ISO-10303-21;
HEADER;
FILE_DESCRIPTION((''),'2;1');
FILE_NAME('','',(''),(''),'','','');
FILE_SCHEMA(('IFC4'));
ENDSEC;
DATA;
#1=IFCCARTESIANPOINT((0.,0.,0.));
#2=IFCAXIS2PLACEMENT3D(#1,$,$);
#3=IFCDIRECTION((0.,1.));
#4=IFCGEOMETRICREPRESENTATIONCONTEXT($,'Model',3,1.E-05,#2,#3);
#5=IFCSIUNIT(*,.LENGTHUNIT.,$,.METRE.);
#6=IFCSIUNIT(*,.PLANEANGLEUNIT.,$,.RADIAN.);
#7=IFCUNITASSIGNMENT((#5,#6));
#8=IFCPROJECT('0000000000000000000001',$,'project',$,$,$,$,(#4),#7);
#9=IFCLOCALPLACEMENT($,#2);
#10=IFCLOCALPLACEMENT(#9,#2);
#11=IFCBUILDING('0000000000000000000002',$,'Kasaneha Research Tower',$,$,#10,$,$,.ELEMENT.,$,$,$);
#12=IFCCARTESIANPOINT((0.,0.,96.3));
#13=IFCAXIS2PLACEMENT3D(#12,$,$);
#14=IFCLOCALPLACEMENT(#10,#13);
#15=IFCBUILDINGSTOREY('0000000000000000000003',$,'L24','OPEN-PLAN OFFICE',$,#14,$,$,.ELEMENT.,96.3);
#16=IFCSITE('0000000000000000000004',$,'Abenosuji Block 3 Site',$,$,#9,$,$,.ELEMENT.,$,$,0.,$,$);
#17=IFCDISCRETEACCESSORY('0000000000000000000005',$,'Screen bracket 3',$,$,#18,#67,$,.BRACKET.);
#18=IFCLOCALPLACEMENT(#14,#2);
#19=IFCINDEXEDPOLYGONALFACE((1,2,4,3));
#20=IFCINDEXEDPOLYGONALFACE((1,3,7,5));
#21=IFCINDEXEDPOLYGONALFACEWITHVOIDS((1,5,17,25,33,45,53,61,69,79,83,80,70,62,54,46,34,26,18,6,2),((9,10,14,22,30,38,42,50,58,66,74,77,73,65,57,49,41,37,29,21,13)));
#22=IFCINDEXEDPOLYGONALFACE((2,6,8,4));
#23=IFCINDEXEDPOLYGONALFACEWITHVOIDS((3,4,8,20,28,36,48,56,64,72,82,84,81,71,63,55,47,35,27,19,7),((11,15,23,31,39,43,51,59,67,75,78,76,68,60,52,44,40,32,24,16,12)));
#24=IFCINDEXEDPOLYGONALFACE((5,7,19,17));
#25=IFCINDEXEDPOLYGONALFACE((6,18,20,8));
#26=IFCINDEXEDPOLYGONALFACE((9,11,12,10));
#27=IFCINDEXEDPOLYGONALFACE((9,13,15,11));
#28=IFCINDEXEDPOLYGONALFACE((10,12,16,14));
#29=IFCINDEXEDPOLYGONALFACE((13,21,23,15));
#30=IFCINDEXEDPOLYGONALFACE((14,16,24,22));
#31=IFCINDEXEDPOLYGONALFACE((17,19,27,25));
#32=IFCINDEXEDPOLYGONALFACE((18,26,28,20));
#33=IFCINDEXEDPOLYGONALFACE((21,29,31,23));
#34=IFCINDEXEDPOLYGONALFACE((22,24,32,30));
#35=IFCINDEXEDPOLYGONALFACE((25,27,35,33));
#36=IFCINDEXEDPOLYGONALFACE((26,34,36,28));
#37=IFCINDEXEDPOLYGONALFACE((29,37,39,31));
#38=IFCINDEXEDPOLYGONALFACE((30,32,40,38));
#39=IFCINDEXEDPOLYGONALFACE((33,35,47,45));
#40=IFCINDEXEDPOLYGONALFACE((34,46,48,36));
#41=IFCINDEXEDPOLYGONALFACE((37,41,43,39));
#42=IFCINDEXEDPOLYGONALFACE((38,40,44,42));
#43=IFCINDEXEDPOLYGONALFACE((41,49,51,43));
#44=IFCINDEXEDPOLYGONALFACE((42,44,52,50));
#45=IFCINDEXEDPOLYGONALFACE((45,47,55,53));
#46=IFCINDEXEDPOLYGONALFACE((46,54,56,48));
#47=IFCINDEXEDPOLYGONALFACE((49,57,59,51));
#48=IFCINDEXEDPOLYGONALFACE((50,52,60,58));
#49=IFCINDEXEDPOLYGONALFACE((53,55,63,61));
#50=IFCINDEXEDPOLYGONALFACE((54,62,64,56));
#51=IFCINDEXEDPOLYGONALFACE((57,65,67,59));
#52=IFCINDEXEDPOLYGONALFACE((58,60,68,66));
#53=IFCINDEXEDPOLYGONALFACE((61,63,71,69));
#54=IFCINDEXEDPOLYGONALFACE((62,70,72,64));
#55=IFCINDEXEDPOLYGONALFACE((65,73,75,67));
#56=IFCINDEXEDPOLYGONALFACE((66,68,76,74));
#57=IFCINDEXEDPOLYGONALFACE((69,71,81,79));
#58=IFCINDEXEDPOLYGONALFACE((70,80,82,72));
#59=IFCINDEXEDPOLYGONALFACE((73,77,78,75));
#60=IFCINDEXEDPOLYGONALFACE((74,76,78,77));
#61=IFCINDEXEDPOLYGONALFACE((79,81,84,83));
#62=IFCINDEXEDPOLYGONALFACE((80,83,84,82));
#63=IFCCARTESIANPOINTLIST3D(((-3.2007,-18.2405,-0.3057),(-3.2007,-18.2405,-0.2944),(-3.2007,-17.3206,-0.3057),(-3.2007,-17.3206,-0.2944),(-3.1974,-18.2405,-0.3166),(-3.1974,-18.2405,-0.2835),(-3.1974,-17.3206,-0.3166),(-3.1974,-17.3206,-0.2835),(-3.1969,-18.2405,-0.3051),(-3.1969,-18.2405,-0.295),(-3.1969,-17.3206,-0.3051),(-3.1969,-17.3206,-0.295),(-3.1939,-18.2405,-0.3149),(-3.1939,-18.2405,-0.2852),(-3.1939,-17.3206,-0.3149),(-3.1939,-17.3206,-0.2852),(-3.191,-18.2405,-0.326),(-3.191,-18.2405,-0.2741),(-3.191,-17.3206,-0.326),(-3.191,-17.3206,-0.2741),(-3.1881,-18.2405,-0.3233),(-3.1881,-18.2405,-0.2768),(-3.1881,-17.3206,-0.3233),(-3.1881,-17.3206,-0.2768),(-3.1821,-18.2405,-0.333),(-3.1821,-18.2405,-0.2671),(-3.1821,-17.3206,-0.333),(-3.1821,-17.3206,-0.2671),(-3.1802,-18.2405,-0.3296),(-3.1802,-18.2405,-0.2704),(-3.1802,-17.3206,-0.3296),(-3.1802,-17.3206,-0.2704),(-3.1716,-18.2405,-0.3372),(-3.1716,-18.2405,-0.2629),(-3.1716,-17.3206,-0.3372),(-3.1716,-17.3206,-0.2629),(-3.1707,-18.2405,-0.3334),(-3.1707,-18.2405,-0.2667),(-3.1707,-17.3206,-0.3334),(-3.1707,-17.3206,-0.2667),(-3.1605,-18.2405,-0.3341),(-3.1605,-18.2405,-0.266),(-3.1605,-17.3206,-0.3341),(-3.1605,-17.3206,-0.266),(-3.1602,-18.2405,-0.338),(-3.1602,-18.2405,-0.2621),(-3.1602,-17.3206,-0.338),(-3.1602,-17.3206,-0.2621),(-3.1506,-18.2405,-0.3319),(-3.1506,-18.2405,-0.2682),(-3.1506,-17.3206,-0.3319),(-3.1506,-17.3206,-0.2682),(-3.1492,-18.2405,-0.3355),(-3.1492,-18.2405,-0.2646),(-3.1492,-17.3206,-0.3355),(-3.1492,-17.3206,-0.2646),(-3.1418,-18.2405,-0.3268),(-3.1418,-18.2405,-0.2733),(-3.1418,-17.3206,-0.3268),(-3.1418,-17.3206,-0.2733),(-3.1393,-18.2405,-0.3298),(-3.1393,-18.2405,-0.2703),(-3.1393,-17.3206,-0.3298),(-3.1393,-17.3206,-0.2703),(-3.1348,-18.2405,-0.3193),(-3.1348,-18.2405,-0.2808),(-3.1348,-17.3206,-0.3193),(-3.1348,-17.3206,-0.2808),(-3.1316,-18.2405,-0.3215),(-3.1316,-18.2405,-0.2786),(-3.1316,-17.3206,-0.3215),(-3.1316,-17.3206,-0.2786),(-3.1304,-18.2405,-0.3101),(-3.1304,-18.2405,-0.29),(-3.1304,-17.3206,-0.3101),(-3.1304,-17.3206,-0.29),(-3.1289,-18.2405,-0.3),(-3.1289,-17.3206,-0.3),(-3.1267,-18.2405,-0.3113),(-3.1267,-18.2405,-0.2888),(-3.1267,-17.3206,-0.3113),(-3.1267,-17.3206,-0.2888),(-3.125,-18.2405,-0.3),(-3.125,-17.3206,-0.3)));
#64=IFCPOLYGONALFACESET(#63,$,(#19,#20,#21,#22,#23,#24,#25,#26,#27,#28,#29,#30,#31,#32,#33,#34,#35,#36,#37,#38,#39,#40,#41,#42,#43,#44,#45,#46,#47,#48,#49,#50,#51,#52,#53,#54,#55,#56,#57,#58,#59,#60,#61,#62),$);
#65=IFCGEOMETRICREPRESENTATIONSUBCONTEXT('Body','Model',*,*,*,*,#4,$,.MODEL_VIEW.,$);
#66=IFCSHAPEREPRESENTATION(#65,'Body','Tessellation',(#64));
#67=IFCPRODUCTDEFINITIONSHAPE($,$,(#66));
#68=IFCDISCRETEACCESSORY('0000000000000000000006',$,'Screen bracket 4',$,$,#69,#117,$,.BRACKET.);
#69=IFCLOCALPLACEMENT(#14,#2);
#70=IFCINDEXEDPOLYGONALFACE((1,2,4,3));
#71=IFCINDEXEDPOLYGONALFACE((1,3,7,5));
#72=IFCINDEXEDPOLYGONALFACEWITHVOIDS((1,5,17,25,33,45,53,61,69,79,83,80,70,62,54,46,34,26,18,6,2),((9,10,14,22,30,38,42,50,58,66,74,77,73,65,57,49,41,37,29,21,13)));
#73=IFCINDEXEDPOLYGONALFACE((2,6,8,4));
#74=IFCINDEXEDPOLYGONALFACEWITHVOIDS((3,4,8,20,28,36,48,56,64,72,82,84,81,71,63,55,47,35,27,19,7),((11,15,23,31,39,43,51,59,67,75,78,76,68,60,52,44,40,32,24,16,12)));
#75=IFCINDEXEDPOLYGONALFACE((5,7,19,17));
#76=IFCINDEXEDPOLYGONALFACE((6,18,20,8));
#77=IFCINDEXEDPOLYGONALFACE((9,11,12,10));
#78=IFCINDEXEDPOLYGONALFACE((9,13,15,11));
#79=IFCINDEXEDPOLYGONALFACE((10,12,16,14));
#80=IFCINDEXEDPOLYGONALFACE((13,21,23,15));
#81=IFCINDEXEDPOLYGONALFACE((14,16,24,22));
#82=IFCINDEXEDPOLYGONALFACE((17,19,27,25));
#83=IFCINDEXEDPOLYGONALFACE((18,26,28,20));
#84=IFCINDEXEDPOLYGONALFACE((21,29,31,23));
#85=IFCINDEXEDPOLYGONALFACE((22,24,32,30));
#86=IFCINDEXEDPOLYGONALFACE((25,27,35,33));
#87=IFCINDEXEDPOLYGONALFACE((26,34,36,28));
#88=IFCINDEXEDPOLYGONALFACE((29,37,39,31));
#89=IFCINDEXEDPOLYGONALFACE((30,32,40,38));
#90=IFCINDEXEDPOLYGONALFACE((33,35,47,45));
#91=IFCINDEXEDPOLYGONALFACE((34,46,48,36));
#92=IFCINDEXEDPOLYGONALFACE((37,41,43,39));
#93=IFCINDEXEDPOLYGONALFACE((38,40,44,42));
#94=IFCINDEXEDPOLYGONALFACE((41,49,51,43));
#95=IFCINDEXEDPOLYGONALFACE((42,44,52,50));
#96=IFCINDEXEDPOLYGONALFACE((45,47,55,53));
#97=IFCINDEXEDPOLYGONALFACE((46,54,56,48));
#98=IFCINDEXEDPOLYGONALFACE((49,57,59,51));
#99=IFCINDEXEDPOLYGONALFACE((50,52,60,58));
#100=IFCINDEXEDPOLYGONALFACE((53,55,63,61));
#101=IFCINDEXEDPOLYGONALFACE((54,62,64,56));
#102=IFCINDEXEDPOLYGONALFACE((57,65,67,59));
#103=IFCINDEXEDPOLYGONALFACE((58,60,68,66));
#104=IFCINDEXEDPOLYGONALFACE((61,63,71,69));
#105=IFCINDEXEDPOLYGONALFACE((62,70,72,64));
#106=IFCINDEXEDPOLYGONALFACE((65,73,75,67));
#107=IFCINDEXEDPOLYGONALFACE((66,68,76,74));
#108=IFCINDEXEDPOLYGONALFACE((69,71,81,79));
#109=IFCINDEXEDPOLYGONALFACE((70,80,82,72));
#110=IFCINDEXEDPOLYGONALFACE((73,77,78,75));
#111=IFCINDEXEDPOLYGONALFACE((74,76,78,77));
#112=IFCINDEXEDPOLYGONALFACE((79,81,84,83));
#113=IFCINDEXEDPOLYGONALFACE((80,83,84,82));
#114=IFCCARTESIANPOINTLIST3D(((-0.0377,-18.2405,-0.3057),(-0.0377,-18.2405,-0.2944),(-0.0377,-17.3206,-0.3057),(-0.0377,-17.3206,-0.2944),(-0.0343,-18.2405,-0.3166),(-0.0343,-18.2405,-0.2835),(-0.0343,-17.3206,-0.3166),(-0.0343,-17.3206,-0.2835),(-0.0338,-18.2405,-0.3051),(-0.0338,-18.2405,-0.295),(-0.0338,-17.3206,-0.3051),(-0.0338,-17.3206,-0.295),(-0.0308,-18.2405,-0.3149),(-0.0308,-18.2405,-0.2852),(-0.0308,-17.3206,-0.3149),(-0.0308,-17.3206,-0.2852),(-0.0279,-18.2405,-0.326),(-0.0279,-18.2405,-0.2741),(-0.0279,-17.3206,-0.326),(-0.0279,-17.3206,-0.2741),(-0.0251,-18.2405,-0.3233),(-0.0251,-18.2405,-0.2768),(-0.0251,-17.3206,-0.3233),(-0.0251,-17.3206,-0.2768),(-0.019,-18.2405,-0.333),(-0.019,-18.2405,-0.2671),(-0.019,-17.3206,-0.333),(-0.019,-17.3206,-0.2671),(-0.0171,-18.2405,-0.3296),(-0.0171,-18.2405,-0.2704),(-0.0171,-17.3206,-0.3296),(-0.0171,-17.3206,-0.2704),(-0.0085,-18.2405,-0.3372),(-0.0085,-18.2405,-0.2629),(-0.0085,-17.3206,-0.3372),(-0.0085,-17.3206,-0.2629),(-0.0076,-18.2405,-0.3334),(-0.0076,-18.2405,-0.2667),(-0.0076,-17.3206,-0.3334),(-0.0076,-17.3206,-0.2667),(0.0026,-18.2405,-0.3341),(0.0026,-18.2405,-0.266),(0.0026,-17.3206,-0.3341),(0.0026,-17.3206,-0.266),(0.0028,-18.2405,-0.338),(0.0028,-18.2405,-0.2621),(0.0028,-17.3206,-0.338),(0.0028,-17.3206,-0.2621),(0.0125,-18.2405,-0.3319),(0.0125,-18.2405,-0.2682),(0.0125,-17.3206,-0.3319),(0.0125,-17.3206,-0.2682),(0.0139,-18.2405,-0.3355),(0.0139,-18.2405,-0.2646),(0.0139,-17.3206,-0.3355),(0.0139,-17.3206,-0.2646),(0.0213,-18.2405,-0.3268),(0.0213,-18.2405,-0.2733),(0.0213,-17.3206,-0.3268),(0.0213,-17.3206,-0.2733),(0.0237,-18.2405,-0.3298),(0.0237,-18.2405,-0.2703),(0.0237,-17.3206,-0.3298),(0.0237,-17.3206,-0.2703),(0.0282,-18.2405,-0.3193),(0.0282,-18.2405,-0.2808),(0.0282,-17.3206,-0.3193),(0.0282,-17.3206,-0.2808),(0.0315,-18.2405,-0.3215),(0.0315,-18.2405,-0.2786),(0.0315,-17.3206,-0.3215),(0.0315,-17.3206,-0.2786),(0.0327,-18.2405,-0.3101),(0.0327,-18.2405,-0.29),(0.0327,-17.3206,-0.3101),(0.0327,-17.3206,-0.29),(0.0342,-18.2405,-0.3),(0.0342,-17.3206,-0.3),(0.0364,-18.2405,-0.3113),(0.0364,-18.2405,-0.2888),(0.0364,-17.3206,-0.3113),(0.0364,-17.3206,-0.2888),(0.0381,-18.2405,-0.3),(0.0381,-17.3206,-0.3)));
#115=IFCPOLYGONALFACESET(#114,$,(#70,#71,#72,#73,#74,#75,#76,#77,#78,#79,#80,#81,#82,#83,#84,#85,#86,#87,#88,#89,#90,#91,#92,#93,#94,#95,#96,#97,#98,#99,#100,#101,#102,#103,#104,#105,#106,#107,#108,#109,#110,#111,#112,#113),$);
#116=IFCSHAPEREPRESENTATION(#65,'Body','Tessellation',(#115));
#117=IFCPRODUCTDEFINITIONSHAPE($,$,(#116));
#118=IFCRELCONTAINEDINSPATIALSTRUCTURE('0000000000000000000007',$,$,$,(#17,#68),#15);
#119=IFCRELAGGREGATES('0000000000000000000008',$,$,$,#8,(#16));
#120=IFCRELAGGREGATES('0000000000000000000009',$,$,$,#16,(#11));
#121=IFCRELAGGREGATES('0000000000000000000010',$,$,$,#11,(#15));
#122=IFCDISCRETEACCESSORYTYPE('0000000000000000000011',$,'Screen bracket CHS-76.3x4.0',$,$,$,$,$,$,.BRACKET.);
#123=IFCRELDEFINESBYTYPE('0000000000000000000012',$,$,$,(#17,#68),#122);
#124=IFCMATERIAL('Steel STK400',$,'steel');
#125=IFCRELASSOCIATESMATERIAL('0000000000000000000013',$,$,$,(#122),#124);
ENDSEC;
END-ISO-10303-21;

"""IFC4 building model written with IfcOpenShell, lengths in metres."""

from ifc_helpers import new_model, si_unit, direction, frame, origin, origin_2d, place, context, subcontext, project, spatial, hollow_circle, extrude, material, material_profile, profile_set, type_object, element, save


model = new_model("IFC4")

# Units and contexts
model_context = context("Model", 3, precision=1e-05, world=origin(), true_north=direction((0.0, 1.0)))
body_context = subcontext(model_context, "Body", "Model", "MODEL_VIEW")
ifc_project = project(units=[si_unit("LENGTHUNIT", "METRE"), si_unit("PLANEANGLEUNIT", "RADIAN")], contexts=[model_context])

# Site, building, storey
site_placement = place(None, origin())
site = spatial("IfcSite", under=ifc_project, at=site_placement, Name="Abenosuji Block 3 Site", CompositionType="ELEMENT", RefElevation=0.0)
building_placement = place(site_placement, origin())
building = spatial("IfcBuilding", under=site, at=building_placement, Name="Kasaneha Research Tower", CompositionType="ELEMENT")
storey_placement = place(building_placement, frame((0.0, 0.0, 96.3)))
storey = spatial("IfcBuildingStorey", under=building, at=storey_placement, Name="L24", Description="OPEN-PLAN OFFICE", CompositionType="ELEMENT", Elevation=96.3)

# Discrete accessories
ifc_material_1 = material(Name="Steel STK400", Category="steel")
ifc_material_profile_1 = material_profile(ifc_material_1, hollow_circle(Radius=0.0381, WallThickness=0.0039, at=origin_2d()), Name="CHS-76.3x4.0")
ifc_profile_set_1 = profile_set([ifc_material_profile_1], Name="Steel STK400")
discrete_accessory_type = type_object("IfcDiscreteAccessoryType", Name="Screen bracket CHS-76.3x4.0", PredefinedType="BRACKET", material=ifc_profile_set_1)
for number, where, z_axis, x_axis, name in (
    (1, (-3.1631, -17.3206, -0.3), (0.0, -1.0, 0.0), (1.0, 0.0, 0.0), "Screen bracket 3"),
    (2, (0.0, -17.3206, -0.3), (0.0, -1.0, 0.0), (1.0, 0.0, 0.0), "Screen bracket 4"),
):
    element("IfcDiscreteAccessory", number, at=place(storey_placement, frame(where, z_axis=z_axis, x_axis=x_axis)), inside=storey, type_object=discrete_accessory_type, Name=name, PredefinedType="BRACKET", context=body_context, shape_type="SweptSolid", body=[
        extrude(hollow_circle(Radius=0.0381, WallThickness=0.0039, at=origin_2d()), origin(), (0.0, 0.0, 1.0), 0.9199),
    ])

save(model, "model.ifc")
